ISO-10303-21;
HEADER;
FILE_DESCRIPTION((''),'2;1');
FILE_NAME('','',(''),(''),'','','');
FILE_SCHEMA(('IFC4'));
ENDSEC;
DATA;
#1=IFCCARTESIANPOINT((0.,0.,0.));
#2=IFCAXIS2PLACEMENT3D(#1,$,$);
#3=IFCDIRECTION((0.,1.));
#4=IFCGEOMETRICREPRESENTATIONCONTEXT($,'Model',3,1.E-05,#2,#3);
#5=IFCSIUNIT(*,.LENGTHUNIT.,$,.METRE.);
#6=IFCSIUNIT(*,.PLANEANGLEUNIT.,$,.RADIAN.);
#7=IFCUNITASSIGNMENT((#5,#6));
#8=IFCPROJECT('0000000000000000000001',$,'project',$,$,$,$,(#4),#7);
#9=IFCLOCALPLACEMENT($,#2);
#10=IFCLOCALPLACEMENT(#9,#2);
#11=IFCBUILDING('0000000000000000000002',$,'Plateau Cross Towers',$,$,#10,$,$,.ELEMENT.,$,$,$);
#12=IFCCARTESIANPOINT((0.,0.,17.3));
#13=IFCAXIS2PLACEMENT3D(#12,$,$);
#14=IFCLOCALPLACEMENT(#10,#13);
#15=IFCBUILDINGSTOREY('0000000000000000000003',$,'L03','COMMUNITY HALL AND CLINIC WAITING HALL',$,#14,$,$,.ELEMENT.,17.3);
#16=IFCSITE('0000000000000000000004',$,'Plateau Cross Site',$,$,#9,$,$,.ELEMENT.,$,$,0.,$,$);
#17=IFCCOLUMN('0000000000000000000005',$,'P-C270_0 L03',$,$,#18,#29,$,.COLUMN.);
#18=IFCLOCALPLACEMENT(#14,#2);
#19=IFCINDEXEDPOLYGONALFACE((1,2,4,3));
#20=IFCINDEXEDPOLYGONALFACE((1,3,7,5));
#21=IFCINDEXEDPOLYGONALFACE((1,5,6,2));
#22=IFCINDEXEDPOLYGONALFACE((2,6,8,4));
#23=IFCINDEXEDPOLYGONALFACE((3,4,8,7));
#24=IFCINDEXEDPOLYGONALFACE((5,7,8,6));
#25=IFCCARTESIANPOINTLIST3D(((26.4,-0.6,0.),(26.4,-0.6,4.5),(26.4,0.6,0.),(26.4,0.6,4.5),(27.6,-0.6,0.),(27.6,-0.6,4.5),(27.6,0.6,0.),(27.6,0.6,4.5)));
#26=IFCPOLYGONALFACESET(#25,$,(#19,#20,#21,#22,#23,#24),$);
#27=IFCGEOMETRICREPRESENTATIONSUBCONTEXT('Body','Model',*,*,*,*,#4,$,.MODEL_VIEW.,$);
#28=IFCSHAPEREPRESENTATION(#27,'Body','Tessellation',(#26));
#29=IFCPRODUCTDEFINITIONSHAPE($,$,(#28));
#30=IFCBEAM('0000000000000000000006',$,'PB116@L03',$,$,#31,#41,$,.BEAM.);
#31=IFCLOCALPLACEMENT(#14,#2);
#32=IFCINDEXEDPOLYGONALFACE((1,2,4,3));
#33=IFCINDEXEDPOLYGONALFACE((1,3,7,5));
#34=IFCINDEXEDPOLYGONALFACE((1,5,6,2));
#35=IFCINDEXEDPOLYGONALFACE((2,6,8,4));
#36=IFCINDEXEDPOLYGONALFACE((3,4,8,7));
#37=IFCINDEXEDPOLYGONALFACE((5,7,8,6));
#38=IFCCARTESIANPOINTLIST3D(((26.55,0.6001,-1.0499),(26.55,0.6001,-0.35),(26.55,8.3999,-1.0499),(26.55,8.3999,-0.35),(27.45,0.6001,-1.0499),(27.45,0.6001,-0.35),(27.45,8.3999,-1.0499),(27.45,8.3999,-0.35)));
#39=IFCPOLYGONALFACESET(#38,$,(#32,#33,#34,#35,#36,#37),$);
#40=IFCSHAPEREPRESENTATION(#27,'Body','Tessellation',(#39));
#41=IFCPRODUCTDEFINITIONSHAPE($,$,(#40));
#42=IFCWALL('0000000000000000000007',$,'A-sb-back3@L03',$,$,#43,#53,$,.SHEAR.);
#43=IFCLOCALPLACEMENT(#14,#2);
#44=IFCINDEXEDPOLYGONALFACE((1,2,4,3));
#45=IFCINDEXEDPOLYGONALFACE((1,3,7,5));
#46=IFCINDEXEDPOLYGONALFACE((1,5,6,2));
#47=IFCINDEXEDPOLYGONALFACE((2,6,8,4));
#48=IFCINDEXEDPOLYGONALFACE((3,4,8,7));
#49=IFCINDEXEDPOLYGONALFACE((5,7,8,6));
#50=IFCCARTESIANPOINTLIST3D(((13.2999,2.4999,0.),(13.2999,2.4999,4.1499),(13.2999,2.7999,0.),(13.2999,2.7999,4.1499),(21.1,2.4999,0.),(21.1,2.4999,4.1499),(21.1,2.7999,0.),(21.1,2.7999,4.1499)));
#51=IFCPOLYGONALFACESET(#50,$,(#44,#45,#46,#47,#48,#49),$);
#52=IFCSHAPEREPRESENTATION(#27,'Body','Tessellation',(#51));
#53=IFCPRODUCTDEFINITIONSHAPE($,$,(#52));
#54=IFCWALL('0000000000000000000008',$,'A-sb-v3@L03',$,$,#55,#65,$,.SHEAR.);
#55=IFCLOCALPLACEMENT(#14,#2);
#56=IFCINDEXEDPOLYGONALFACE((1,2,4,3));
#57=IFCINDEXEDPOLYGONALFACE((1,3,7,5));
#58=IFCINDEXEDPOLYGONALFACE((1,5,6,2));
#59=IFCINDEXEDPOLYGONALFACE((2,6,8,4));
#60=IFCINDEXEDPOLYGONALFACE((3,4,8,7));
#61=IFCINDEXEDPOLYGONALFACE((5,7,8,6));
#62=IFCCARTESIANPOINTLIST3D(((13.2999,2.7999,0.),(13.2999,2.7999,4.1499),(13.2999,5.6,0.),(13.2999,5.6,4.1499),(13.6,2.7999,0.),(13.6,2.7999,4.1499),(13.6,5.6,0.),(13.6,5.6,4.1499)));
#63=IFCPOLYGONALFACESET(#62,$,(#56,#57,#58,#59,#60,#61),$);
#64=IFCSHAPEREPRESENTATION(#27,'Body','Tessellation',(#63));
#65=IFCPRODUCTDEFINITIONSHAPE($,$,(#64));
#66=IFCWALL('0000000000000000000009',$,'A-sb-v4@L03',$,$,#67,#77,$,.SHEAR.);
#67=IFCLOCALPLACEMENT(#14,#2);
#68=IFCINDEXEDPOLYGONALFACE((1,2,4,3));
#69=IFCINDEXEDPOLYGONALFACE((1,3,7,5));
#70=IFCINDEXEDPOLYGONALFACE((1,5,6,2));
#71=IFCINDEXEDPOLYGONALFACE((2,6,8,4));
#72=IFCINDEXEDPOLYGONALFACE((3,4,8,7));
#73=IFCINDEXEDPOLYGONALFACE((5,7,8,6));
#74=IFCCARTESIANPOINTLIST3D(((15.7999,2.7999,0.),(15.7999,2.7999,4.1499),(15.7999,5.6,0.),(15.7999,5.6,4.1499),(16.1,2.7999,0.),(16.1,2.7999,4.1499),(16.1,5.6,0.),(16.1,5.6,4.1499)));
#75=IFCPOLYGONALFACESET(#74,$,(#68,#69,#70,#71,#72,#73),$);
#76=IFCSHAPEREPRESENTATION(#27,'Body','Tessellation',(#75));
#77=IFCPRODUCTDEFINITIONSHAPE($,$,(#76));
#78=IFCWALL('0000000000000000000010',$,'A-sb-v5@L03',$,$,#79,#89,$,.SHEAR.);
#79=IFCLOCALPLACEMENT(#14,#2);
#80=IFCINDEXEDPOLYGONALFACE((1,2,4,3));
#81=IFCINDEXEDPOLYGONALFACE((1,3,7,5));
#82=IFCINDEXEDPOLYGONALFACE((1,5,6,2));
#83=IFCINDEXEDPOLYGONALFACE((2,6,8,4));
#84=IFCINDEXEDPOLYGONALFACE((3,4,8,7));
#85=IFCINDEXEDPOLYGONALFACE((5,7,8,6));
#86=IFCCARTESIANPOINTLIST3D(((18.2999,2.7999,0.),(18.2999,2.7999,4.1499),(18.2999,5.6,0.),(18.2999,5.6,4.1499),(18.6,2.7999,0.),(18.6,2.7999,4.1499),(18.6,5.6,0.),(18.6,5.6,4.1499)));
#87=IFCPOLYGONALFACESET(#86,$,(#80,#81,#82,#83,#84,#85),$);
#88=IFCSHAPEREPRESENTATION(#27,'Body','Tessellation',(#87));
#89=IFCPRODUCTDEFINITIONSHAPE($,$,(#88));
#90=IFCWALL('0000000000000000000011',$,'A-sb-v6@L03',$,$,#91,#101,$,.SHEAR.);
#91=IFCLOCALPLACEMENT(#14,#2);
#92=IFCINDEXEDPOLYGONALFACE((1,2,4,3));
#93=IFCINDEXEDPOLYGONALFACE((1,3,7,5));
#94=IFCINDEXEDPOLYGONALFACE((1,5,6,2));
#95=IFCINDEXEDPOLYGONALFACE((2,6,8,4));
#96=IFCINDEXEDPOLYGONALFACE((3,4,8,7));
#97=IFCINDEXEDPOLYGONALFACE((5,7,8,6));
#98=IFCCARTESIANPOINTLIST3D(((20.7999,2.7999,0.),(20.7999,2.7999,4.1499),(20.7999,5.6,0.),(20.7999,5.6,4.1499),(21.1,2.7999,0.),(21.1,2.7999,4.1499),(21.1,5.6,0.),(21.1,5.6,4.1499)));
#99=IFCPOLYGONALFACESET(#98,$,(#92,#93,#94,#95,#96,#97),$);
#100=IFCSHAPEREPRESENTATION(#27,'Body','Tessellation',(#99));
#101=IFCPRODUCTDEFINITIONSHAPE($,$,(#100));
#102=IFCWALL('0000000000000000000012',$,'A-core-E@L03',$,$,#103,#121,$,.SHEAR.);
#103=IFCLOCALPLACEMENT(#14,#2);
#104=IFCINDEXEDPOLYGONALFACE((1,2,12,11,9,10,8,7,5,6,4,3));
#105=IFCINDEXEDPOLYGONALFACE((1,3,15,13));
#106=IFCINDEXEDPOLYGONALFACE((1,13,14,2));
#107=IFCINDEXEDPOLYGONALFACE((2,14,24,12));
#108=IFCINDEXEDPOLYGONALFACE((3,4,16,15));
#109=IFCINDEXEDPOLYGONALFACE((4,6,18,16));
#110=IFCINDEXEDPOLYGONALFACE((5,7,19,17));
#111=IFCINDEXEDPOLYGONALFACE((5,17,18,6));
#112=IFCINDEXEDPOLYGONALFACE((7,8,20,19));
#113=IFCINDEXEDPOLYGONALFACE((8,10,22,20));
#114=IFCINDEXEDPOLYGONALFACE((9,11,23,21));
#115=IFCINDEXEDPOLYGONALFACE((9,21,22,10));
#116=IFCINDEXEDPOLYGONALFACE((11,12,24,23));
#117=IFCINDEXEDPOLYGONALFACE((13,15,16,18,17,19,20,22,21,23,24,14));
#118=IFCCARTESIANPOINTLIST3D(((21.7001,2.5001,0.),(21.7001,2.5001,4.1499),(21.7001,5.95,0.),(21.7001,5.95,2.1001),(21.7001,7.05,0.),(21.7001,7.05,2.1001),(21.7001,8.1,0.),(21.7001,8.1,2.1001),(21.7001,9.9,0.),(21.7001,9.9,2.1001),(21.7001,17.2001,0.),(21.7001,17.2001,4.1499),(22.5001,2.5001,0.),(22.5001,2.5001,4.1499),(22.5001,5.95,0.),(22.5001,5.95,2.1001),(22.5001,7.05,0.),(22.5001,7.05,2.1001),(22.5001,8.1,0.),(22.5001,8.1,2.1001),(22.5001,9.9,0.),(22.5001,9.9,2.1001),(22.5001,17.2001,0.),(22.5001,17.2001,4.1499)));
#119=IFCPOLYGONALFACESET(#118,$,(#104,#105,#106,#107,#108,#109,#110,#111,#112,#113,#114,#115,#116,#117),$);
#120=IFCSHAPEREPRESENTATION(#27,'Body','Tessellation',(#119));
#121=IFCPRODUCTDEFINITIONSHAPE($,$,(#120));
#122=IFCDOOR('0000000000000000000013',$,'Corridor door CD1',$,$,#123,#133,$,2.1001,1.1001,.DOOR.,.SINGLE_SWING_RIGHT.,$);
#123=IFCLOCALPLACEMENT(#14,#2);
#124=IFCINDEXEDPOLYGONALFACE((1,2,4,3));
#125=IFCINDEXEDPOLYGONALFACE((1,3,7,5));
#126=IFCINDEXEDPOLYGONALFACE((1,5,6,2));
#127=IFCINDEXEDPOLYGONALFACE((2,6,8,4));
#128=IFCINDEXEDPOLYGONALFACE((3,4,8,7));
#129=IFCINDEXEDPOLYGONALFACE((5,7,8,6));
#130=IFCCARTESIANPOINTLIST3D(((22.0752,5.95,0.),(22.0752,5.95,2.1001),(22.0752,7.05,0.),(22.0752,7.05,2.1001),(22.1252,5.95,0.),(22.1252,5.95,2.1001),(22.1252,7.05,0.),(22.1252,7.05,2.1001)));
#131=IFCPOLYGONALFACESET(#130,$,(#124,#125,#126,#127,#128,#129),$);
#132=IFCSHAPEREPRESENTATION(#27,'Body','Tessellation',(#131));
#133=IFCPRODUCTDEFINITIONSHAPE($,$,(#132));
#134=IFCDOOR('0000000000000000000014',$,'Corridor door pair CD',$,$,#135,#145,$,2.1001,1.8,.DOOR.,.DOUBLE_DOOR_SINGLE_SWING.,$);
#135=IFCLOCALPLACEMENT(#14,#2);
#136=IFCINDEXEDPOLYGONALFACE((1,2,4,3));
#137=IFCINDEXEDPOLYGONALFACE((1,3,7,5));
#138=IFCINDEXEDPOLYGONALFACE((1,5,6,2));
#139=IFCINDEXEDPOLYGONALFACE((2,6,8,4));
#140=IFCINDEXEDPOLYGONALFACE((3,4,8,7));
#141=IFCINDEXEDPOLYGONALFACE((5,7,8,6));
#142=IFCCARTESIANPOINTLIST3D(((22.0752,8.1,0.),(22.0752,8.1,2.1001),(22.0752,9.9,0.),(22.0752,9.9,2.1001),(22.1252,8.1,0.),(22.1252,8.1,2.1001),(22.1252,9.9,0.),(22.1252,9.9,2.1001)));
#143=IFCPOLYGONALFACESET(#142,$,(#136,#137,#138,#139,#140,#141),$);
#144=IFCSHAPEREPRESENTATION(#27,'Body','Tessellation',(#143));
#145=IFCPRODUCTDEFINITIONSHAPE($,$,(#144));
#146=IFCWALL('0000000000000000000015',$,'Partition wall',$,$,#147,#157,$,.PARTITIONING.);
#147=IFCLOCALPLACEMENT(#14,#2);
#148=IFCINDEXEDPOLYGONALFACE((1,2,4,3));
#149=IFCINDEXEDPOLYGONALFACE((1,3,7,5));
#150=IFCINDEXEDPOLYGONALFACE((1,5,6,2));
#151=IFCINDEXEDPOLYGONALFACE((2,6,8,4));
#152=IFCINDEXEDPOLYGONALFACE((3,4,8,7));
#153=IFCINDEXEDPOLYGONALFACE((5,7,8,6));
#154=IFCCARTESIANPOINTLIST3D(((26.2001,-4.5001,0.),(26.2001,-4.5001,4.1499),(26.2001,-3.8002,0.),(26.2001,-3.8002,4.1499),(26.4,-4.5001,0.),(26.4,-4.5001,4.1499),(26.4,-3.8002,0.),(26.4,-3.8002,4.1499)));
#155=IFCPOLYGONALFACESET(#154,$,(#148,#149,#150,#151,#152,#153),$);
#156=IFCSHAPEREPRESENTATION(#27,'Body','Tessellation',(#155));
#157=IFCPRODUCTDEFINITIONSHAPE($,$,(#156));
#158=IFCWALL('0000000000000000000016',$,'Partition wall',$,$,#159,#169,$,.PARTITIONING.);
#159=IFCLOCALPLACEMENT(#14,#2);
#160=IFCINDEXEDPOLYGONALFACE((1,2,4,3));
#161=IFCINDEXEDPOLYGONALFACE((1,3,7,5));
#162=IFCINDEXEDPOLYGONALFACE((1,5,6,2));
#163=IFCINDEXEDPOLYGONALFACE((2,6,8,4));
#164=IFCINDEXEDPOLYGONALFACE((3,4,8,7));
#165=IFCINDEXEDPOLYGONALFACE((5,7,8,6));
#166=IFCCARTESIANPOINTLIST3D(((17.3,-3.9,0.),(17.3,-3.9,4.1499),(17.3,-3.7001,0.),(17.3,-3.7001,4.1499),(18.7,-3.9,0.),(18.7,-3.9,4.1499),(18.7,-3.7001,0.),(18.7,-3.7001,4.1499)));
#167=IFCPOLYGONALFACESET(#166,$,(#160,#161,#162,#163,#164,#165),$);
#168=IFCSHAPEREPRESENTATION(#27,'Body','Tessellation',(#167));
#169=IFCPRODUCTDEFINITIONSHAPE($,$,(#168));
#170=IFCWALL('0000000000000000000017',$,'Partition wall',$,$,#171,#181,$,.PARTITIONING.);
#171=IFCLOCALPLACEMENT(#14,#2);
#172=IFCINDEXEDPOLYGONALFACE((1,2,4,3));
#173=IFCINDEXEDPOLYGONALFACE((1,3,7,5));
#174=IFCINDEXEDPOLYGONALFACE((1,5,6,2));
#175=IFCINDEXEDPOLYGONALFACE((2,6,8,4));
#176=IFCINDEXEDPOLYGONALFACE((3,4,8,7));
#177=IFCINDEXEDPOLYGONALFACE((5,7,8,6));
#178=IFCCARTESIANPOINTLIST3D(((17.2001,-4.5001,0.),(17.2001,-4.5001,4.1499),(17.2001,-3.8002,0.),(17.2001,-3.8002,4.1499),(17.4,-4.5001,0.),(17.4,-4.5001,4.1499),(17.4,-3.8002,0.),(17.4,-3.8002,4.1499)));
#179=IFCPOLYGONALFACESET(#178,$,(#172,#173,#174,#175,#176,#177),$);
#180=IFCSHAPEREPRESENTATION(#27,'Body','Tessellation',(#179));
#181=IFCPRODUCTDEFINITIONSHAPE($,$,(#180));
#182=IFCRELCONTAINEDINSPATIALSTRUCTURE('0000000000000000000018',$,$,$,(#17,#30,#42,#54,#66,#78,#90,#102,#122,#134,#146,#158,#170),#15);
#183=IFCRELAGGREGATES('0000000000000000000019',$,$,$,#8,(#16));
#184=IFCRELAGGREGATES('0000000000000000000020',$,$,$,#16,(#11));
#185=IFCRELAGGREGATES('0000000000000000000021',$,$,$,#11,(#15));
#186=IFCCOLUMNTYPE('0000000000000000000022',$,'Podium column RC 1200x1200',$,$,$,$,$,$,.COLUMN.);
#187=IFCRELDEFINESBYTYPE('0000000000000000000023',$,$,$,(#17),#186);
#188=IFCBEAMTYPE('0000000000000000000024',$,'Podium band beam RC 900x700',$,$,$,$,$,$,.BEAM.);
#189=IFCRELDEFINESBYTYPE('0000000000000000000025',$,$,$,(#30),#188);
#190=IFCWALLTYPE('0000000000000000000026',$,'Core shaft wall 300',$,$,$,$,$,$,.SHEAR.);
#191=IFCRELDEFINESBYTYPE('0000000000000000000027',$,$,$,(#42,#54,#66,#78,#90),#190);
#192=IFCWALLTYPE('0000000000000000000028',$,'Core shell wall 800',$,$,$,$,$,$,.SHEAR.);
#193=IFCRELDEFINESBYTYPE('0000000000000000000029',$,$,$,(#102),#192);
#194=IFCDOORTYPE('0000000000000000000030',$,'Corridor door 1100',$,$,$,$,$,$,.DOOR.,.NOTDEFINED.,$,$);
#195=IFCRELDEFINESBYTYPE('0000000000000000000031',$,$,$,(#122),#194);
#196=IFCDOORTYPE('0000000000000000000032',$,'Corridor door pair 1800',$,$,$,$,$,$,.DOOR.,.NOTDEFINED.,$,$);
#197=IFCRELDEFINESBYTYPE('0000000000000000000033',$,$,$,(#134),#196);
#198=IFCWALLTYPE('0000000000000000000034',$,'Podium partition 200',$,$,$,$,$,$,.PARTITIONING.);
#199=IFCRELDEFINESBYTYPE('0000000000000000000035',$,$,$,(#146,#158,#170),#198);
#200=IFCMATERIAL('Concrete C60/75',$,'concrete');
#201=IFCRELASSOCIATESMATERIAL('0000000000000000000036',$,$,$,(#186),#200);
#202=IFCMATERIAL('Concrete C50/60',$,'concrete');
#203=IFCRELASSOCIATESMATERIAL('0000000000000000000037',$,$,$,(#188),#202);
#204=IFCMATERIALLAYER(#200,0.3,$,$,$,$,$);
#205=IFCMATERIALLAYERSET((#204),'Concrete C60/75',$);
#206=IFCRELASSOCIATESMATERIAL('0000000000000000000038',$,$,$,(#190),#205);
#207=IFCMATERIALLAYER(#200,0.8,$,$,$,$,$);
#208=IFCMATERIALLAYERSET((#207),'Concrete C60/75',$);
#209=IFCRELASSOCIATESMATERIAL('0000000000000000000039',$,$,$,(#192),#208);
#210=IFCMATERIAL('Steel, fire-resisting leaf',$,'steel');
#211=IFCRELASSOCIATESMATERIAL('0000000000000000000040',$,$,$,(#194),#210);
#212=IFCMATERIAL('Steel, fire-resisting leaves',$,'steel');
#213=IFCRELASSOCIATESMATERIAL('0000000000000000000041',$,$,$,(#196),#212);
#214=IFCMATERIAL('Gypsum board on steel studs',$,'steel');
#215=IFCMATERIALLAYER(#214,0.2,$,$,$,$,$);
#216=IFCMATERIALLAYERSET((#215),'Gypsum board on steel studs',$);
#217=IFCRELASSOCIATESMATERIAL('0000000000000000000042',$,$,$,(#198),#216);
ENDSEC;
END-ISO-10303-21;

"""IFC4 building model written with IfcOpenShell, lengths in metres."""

from ifc_helpers import new_model, si_unit, direction, frame, frame_2d, origin, origin_2d, place, context, subcontext, project, spatial, rectangle, extrude, material, layer, layer_set, material_profile, profile_set, type_object, element, fill, save


model = new_model("IFC4")

# Units and contexts
model_context = context("Model", 3, precision=1e-05, world=origin(), true_north=direction((0.0, 1.0)))
body_context = subcontext(model_context, "Body", "Model", "MODEL_VIEW")
ifc_project = project(units=[si_unit("LENGTHUNIT", "METRE"), si_unit("PLANEANGLEUNIT", "RADIAN")], contexts=[model_context])

# Site, building, storey
site_placement = place(None, origin())
site = spatial("IfcSite", under=ifc_project, at=site_placement, Name="Plateau Cross Site", CompositionType="ELEMENT", RefElevation=0.0)
building_placement = place(site_placement, origin())
building = spatial("IfcBuilding", under=site, at=building_placement, Name="Plateau Cross Towers", CompositionType="ELEMENT")
storey_placement = place(building_placement, frame((0.0, 0.0, 17.3)))
storey = spatial("IfcBuildingStorey", under=building, at=storey_placement, Name="L03", Description="COMMUNITY HALL AND CLINIC WAITING HALL", CompositionType="ELEMENT", Elevation=17.3)

# Column
ifc_material_1 = material(Name="Concrete C60/75", Category="concrete")
ifc_material_profile_1 = material_profile(ifc_material_1, rectangle(XDim=1.2, YDim=1.2, at=origin_2d()), Name="RC 1200x1200")
ifc_profile_set_1 = profile_set([ifc_material_profile_1], Name="Concrete C60/75")
column_type = type_object("IfcColumnType", Name="Podium column RC 1200x1200", PredefinedType="COLUMN", material=ifc_profile_set_1)
column_placement = place(storey_placement, frame((27.0, 0.0, 0.0), z_axis=(0.0, 0.0, 1.0), x_axis=(1.0, 0.0, 0.0)))
element("IfcColumn", 1, at=column_placement, inside=storey, type_object=column_type, Name="P-C270_0 L03", PredefinedType="COLUMN", context=body_context, shape_type="SweptSolid", body=[
    extrude(rectangle(XDim=1.2, YDim=1.2, at=origin_2d()), origin(), (0.0, 0.0, 1.0), 4.5),
])

# Beam
ifc_material_2 = material(Name="Concrete C50/60", Category="concrete")
ifc_material_profile_2 = material_profile(ifc_material_2, rectangle(XDim=0.8999, YDim=0.7, at=origin_2d()), Name="RC 900x700")
ifc_profile_set_2 = profile_set([ifc_material_profile_2], Name="Concrete C50/60")
beam_type = type_object("IfcBeamType", Name="Podium band beam RC 900x700", PredefinedType="BEAM", material=ifc_profile_set_2)
beam_placement = place(storey_placement, frame((27.0, 0.6001, -0.7), z_axis=(0.0, 1.0, 0.0), x_axis=(-1.0, 0.0, 0.0)))
element("IfcBeam", 2, at=beam_placement, inside=storey, type_object=beam_type, Name="PB116@L03", PredefinedType="BEAM", context=body_context, shape_type="SweptSolid", body=[
    extrude(rectangle(XDim=0.8999, YDim=0.7, at=origin_2d()), origin(), (0.0, 0.0, 1.0), 7.7998),
])

# Walls
ifc_layer_1 = layer(ifc_material_1, 0.3)
ifc_layer_set_1 = layer_set([ifc_layer_1], Name="Concrete C60/75")
wall_type_1 = type_object("IfcWallType", Name="Core shaft wall 300", PredefinedType="SHEAR", material=ifc_layer_set_1)
wall_1_placement = place(storey_placement, frame((13.3, 2.6499, 0.0), z_axis=(0.0, 0.0, 1.0), x_axis=(1.0, 0.0, 0.0)))
element("IfcWall", 3, at=wall_1_placement, inside=storey, type_object=wall_type_1, Name="A-sb-back3@L03", PredefinedType="SHEAR", context=body_context, shape_type="SweptSolid", body=[
    extrude(rectangle(XDim=7.8, YDim=0.3, at=frame_2d((3.8999, 0.0))), origin(), (0.0, 0.0, 1.0), 4.1499),
])
for number, where, z_axis, x_axis, name in (
    (4, (13.45, 2.8, 0.0), (0.0, 0.0, 1.0), (0.0, 1.0, 0.0), "A-sb-v3@L03"),
    (5, (15.95, 2.8, 0.0), (0.0, 0.0, 1.0), (0.0, 1.0, 0.0), "A-sb-v4@L03"),
    (6, (18.45, 2.8, 0.0), (0.0, 0.0, 1.0), (0.0, 1.0, 0.0), "A-sb-v5@L03"),
    (7, (20.95, 2.8, 0.0), (0.0, 0.0, 1.0), (0.0, 1.0, 0.0), "A-sb-v6@L03"),
):
    element("IfcWall", number, at=place(storey_placement, frame(where, z_axis=z_axis, x_axis=x_axis)), inside=storey, type_object=wall_type_1, Name=name, PredefinedType="SHEAR", context=body_context, shape_type="SweptSolid", body=[
        extrude(rectangle(XDim=2.8, YDim=0.3, at=frame_2d((1.3999, 0.0))), origin(), (0.0, 0.0, 1.0), 4.1499),
    ])

# Wall, openings, doors
ifc_layer_2 = layer(ifc_material_1, 0.8)
ifc_layer_set_2 = layer_set([ifc_layer_2], Name="Concrete C60/75")
wall_type_2 = type_object("IfcWallType", Name="Core shell wall 800", PredefinedType="SHEAR", material=ifc_layer_set_2)
wall_2_placement = place(storey_placement, frame((22.1001, 2.5, 0.0), z_axis=(0.0, 0.0, 1.0), x_axis=(0.0, 1.0, 0.0)))
wall_2 = element("IfcWall", 8, at=wall_2_placement, inside=storey, type_object=wall_type_2, Name="A-core-E@L03", PredefinedType="SHEAR", context=body_context, shape_type="SweptSolid", body=[
    extrude(rectangle(XDim=14.7, YDim=0.8, at=frame_2d((7.3501, 0.0))), origin(), (0.0, 0.0, 1.0), 4.1499),
])
opening_1_placement = place(wall_2_placement, frame((5.6001, 0.0, 0.0)))
opening_1 = element("IfcOpeningElement", 9, at=opening_1_placement, cuts=wall_2, PredefinedType="OPENING", context=body_context, shape_type="SweptSolid", body=[
    extrude(rectangle(XDim=1.8, YDim=2.1001, at=frame_2d((0.8999, 1.05))), frame((0.0, 0.4099, 0.0), z_axis=(0.0, -1.0, 0.0), x_axis=(1.0, 0.0, 0.0)), (0.0, 0.0, 1.0), 0.8201),
])
opening_2_placement = place(wall_2_placement, frame((3.45, 0.0, 0.0)))
opening_2 = element("IfcOpeningElement", 10, at=opening_2_placement, cuts=wall_2, PredefinedType="OPENING", context=body_context, shape_type="SweptSolid", body=[
    extrude(rectangle(XDim=1.1001, YDim=2.1001, at=frame_2d((0.55, 1.05))), frame((0.0, 0.4099, 0.0), z_axis=(0.0, -1.0, 0.0), x_axis=(1.0, 0.0, 0.0)), (0.0, 0.0, 1.0), 0.8201),
])
ifc_material_3 = material(Name="Steel, fire-resisting leaf", Category="steel")
door_type_1 = type_object("IfcDoorType", Name="Corridor door 1100", OperationType="NOTDEFINED", PredefinedType="DOOR", material=ifc_material_3)
door_1_placement = place(opening_2_placement, origin())
door_1 = element("IfcDoor", 11, at=door_1_placement, inside=storey, type_object=door_type_1, Name="Corridor door CD1", OperationType="SINGLE_SWING_RIGHT", OverallHeight=2.1001, OverallWidth=1.1001, PredefinedType="DOOR", context=body_context, shape_type="SweptSolid", body=[
    extrude(rectangle(XDim=1.1001, YDim=2.1001, at=frame_2d((0.55, 1.05))), frame((0.0, 0.0249, 0.0), z_axis=(0.0, -1.0, 0.0), x_axis=(1.0, 0.0, 0.0)), (0.0, 0.0, 1.0), 0.05),
])
fill(opening_2, door_1)
ifc_material_4 = material(Name="Steel, fire-resisting leaves", Category="steel")
door_type_2 = type_object("IfcDoorType", Name="Corridor door pair 1800", OperationType="NOTDEFINED", PredefinedType="DOOR", material=ifc_material_4)
door_2_placement = place(opening_1_placement, origin())
door_2 = element("IfcDoor", 12, at=door_2_placement, inside=storey, type_object=door_type_2, Name="Corridor door pair CD", OperationType="DOUBLE_DOOR_SINGLE_SWING", OverallHeight=2.1001, OverallWidth=1.8, PredefinedType="DOOR", context=body_context, shape_type="SweptSolid", body=[
    extrude(rectangle(XDim=1.8, YDim=2.1001, at=frame_2d((0.8999, 1.05))), frame((0.0, 0.0249, 0.0), z_axis=(0.0, -1.0, 0.0), x_axis=(1.0, 0.0, 0.0)), (0.0, 0.0, 1.0), 0.05),
])
fill(opening_1, door_2)

# Walls
ifc_material_5 = material(Name="Gypsum board on steel studs", Category="steel")
ifc_layer_3 = layer(ifc_material_5, 0.2)
ifc_layer_set_3 = layer_set([ifc_layer_3], Name="Gypsum board on steel studs")
wall_type_3 = type_object("IfcWallType", Name="Podium partition 200", PredefinedType="PARTITIONING", material=ifc_layer_set_3)
wall_3_placement = place(storey_placement, frame((26.3, -3.8, 0.0), z_axis=(0.0, 0.0, 1.0), x_axis=(0.0, -1.0, 0.0)))
element("IfcWall", 13, at=wall_3_placement, inside=storey, type_object=wall_type_3, Name="Partition wall", PredefinedType="PARTITIONING", context=body_context, shape_type="SweptSolid", body=[
    extrude(rectangle(XDim=0.7, YDim=0.2, at=frame_2d((0.3501, 0.0))), origin(), (0.0, 0.0, 1.0), 4.1499),
])
wall_4_placement = place(storey_placement, frame((18.7, -3.8, 0.0), z_axis=(0.0, 0.0, 1.0), x_axis=(-1.0, 0.0, 0.0)))
element("IfcWall", 14, at=wall_4_placement, inside=storey, type_object=wall_type_3, Name="Partition wall", PredefinedType="PARTITIONING", context=body_context, shape_type="SweptSolid", body=[
    extrude(rectangle(XDim=1.3999, YDim=0.2, at=frame_2d((0.7, 0.0))), origin(), (0.0, 0.0, 1.0), 4.1499),
])
wall_5_placement = place(storey_placement, frame((17.3, -3.8, 0.0), z_axis=(0.0, 0.0, 1.0), x_axis=(0.0, -1.0, 0.0)))
element("IfcWall", 15, at=wall_5_placement, inside=storey, type_object=wall_type_3, Name="Partition wall", PredefinedType="PARTITIONING", context=body_context, shape_type="SweptSolid", body=[
    extrude(rectangle(XDim=0.7, YDim=0.2, at=frame_2d((0.3501, 0.0))), origin(), (0.0, 0.0, 1.0), 4.1499),
])

save(model, "model.ifc")
